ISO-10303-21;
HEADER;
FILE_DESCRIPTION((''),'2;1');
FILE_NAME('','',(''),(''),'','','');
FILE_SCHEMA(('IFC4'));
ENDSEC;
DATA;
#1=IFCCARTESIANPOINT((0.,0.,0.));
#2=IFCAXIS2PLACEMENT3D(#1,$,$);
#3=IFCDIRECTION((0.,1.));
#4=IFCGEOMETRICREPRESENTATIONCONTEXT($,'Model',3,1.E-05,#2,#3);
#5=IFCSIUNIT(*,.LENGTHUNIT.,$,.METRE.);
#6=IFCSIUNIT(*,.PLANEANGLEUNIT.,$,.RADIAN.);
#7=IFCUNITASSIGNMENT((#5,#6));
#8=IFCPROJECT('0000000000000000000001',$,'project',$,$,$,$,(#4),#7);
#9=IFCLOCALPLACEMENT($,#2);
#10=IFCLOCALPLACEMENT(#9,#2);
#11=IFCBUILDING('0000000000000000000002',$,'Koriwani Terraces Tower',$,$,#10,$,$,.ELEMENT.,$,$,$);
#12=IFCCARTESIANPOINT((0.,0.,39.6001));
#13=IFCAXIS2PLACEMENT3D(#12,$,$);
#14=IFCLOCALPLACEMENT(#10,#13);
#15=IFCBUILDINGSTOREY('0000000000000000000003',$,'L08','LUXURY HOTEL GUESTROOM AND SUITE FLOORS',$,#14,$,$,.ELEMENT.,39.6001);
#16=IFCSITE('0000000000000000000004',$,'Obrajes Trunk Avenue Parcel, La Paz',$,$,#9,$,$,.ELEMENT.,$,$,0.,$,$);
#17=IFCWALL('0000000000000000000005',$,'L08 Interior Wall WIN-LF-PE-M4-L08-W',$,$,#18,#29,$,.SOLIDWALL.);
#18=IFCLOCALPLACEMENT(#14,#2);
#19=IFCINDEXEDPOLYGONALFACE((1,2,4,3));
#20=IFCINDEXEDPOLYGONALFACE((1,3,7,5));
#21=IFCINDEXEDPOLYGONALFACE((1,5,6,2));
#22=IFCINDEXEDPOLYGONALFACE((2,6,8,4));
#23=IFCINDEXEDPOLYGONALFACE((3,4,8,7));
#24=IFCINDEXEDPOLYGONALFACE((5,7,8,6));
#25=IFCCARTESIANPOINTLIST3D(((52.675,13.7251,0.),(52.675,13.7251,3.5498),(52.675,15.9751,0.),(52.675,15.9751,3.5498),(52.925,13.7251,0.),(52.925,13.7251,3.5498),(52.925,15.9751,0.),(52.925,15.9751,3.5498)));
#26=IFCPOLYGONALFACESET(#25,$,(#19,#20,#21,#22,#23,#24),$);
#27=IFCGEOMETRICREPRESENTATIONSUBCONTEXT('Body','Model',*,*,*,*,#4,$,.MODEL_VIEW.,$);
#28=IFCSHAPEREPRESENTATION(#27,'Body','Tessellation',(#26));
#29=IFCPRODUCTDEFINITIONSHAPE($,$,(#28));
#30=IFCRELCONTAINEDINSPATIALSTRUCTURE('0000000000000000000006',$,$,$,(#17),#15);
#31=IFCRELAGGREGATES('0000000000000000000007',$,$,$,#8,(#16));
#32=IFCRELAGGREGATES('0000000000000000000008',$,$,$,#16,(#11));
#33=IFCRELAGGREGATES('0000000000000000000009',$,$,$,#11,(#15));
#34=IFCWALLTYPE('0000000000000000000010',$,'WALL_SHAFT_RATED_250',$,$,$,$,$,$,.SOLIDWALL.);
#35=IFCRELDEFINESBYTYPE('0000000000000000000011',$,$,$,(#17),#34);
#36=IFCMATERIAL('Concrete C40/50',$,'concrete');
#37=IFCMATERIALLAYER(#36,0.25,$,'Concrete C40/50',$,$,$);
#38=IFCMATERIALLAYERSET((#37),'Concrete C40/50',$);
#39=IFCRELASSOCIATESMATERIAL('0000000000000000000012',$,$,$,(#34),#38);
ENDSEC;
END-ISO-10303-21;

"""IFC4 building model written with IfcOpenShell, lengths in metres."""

from ifc_helpers import new_model, si_unit, direction, frame, frame_2d, origin, place, context, subcontext, project, spatial, rectangle, extrude, material, layer, layer_set, type_object, element, save


model = new_model("IFC4")

# Units and contexts
model_context = context("Model", 3, precision=1e-05, world=origin(), true_north=direction((0.0, 1.0)))
body_context = subcontext(model_context, "Body", "Model", "MODEL_VIEW")
ifc_project = project(units=[si_unit("LENGTHUNIT", "METRE"), si_unit("PLANEANGLEUNIT", "RADIAN")], contexts=[model_context])

# Site, building, storey
site_placement = place(None, origin())
site = spatial("IfcSite", under=ifc_project, at=site_placement, Name="Obrajes Trunk Avenue Parcel, La Paz", CompositionType="ELEMENT", RefElevation=0.0)
building_placement = place(site_placement, origin())
building = spatial("IfcBuilding", under=site, at=building_placement, Name="Koriwani Terraces Tower", CompositionType="ELEMENT")
storey_placement = place(building_placement, frame((0.0, 0.0, 39.6001)))
storey = spatial("IfcBuildingStorey", under=building, at=storey_placement, Name="L08", Description="LUXURY HOTEL GUESTROOM AND SUITE FLOORS", CompositionType="ELEMENT", Elevation=39.6001)

# Shared definitions
ifc_material_1 = material(Name="Concrete C40/50", Category="concrete")

# Wall
ifc_layer_1 = layer(ifc_material_1, 0.25, Name="Concrete C40/50")
ifc_layer_set_1 = layer_set([ifc_layer_1], Name="Concrete C40/50")
wall_type_1 = type_object("IfcWallType", Name="WALL_SHAFT_RATED_250", PredefinedType="SOLIDWALL", material=ifc_layer_set_1)
for number, where, z_axis, x_axis, name in (
    (1, (52.8, 13.7251, 0.0), (0.0, 0.0, 1.0), (0.0, 1.0, 0.0), "L08 Interior Wall WIN-LF-PE-M4-L08-W"),
):
    element("IfcWall", number, at=place(storey_placement, frame(where, z_axis=z_axis, x_axis=x_axis)), inside=storey, type_object=wall_type_1, Name=name, PredefinedType="SOLIDWALL", context=body_context, shape_type="SweptSolid", body=[
        extrude(rectangle(XDim=2.25, YDim=0.25, at=frame_2d((1.125, 0.0))), origin(), (0.0, 0.0, 1.0), 3.5498),
    ])

save(model, "model.ifc")
